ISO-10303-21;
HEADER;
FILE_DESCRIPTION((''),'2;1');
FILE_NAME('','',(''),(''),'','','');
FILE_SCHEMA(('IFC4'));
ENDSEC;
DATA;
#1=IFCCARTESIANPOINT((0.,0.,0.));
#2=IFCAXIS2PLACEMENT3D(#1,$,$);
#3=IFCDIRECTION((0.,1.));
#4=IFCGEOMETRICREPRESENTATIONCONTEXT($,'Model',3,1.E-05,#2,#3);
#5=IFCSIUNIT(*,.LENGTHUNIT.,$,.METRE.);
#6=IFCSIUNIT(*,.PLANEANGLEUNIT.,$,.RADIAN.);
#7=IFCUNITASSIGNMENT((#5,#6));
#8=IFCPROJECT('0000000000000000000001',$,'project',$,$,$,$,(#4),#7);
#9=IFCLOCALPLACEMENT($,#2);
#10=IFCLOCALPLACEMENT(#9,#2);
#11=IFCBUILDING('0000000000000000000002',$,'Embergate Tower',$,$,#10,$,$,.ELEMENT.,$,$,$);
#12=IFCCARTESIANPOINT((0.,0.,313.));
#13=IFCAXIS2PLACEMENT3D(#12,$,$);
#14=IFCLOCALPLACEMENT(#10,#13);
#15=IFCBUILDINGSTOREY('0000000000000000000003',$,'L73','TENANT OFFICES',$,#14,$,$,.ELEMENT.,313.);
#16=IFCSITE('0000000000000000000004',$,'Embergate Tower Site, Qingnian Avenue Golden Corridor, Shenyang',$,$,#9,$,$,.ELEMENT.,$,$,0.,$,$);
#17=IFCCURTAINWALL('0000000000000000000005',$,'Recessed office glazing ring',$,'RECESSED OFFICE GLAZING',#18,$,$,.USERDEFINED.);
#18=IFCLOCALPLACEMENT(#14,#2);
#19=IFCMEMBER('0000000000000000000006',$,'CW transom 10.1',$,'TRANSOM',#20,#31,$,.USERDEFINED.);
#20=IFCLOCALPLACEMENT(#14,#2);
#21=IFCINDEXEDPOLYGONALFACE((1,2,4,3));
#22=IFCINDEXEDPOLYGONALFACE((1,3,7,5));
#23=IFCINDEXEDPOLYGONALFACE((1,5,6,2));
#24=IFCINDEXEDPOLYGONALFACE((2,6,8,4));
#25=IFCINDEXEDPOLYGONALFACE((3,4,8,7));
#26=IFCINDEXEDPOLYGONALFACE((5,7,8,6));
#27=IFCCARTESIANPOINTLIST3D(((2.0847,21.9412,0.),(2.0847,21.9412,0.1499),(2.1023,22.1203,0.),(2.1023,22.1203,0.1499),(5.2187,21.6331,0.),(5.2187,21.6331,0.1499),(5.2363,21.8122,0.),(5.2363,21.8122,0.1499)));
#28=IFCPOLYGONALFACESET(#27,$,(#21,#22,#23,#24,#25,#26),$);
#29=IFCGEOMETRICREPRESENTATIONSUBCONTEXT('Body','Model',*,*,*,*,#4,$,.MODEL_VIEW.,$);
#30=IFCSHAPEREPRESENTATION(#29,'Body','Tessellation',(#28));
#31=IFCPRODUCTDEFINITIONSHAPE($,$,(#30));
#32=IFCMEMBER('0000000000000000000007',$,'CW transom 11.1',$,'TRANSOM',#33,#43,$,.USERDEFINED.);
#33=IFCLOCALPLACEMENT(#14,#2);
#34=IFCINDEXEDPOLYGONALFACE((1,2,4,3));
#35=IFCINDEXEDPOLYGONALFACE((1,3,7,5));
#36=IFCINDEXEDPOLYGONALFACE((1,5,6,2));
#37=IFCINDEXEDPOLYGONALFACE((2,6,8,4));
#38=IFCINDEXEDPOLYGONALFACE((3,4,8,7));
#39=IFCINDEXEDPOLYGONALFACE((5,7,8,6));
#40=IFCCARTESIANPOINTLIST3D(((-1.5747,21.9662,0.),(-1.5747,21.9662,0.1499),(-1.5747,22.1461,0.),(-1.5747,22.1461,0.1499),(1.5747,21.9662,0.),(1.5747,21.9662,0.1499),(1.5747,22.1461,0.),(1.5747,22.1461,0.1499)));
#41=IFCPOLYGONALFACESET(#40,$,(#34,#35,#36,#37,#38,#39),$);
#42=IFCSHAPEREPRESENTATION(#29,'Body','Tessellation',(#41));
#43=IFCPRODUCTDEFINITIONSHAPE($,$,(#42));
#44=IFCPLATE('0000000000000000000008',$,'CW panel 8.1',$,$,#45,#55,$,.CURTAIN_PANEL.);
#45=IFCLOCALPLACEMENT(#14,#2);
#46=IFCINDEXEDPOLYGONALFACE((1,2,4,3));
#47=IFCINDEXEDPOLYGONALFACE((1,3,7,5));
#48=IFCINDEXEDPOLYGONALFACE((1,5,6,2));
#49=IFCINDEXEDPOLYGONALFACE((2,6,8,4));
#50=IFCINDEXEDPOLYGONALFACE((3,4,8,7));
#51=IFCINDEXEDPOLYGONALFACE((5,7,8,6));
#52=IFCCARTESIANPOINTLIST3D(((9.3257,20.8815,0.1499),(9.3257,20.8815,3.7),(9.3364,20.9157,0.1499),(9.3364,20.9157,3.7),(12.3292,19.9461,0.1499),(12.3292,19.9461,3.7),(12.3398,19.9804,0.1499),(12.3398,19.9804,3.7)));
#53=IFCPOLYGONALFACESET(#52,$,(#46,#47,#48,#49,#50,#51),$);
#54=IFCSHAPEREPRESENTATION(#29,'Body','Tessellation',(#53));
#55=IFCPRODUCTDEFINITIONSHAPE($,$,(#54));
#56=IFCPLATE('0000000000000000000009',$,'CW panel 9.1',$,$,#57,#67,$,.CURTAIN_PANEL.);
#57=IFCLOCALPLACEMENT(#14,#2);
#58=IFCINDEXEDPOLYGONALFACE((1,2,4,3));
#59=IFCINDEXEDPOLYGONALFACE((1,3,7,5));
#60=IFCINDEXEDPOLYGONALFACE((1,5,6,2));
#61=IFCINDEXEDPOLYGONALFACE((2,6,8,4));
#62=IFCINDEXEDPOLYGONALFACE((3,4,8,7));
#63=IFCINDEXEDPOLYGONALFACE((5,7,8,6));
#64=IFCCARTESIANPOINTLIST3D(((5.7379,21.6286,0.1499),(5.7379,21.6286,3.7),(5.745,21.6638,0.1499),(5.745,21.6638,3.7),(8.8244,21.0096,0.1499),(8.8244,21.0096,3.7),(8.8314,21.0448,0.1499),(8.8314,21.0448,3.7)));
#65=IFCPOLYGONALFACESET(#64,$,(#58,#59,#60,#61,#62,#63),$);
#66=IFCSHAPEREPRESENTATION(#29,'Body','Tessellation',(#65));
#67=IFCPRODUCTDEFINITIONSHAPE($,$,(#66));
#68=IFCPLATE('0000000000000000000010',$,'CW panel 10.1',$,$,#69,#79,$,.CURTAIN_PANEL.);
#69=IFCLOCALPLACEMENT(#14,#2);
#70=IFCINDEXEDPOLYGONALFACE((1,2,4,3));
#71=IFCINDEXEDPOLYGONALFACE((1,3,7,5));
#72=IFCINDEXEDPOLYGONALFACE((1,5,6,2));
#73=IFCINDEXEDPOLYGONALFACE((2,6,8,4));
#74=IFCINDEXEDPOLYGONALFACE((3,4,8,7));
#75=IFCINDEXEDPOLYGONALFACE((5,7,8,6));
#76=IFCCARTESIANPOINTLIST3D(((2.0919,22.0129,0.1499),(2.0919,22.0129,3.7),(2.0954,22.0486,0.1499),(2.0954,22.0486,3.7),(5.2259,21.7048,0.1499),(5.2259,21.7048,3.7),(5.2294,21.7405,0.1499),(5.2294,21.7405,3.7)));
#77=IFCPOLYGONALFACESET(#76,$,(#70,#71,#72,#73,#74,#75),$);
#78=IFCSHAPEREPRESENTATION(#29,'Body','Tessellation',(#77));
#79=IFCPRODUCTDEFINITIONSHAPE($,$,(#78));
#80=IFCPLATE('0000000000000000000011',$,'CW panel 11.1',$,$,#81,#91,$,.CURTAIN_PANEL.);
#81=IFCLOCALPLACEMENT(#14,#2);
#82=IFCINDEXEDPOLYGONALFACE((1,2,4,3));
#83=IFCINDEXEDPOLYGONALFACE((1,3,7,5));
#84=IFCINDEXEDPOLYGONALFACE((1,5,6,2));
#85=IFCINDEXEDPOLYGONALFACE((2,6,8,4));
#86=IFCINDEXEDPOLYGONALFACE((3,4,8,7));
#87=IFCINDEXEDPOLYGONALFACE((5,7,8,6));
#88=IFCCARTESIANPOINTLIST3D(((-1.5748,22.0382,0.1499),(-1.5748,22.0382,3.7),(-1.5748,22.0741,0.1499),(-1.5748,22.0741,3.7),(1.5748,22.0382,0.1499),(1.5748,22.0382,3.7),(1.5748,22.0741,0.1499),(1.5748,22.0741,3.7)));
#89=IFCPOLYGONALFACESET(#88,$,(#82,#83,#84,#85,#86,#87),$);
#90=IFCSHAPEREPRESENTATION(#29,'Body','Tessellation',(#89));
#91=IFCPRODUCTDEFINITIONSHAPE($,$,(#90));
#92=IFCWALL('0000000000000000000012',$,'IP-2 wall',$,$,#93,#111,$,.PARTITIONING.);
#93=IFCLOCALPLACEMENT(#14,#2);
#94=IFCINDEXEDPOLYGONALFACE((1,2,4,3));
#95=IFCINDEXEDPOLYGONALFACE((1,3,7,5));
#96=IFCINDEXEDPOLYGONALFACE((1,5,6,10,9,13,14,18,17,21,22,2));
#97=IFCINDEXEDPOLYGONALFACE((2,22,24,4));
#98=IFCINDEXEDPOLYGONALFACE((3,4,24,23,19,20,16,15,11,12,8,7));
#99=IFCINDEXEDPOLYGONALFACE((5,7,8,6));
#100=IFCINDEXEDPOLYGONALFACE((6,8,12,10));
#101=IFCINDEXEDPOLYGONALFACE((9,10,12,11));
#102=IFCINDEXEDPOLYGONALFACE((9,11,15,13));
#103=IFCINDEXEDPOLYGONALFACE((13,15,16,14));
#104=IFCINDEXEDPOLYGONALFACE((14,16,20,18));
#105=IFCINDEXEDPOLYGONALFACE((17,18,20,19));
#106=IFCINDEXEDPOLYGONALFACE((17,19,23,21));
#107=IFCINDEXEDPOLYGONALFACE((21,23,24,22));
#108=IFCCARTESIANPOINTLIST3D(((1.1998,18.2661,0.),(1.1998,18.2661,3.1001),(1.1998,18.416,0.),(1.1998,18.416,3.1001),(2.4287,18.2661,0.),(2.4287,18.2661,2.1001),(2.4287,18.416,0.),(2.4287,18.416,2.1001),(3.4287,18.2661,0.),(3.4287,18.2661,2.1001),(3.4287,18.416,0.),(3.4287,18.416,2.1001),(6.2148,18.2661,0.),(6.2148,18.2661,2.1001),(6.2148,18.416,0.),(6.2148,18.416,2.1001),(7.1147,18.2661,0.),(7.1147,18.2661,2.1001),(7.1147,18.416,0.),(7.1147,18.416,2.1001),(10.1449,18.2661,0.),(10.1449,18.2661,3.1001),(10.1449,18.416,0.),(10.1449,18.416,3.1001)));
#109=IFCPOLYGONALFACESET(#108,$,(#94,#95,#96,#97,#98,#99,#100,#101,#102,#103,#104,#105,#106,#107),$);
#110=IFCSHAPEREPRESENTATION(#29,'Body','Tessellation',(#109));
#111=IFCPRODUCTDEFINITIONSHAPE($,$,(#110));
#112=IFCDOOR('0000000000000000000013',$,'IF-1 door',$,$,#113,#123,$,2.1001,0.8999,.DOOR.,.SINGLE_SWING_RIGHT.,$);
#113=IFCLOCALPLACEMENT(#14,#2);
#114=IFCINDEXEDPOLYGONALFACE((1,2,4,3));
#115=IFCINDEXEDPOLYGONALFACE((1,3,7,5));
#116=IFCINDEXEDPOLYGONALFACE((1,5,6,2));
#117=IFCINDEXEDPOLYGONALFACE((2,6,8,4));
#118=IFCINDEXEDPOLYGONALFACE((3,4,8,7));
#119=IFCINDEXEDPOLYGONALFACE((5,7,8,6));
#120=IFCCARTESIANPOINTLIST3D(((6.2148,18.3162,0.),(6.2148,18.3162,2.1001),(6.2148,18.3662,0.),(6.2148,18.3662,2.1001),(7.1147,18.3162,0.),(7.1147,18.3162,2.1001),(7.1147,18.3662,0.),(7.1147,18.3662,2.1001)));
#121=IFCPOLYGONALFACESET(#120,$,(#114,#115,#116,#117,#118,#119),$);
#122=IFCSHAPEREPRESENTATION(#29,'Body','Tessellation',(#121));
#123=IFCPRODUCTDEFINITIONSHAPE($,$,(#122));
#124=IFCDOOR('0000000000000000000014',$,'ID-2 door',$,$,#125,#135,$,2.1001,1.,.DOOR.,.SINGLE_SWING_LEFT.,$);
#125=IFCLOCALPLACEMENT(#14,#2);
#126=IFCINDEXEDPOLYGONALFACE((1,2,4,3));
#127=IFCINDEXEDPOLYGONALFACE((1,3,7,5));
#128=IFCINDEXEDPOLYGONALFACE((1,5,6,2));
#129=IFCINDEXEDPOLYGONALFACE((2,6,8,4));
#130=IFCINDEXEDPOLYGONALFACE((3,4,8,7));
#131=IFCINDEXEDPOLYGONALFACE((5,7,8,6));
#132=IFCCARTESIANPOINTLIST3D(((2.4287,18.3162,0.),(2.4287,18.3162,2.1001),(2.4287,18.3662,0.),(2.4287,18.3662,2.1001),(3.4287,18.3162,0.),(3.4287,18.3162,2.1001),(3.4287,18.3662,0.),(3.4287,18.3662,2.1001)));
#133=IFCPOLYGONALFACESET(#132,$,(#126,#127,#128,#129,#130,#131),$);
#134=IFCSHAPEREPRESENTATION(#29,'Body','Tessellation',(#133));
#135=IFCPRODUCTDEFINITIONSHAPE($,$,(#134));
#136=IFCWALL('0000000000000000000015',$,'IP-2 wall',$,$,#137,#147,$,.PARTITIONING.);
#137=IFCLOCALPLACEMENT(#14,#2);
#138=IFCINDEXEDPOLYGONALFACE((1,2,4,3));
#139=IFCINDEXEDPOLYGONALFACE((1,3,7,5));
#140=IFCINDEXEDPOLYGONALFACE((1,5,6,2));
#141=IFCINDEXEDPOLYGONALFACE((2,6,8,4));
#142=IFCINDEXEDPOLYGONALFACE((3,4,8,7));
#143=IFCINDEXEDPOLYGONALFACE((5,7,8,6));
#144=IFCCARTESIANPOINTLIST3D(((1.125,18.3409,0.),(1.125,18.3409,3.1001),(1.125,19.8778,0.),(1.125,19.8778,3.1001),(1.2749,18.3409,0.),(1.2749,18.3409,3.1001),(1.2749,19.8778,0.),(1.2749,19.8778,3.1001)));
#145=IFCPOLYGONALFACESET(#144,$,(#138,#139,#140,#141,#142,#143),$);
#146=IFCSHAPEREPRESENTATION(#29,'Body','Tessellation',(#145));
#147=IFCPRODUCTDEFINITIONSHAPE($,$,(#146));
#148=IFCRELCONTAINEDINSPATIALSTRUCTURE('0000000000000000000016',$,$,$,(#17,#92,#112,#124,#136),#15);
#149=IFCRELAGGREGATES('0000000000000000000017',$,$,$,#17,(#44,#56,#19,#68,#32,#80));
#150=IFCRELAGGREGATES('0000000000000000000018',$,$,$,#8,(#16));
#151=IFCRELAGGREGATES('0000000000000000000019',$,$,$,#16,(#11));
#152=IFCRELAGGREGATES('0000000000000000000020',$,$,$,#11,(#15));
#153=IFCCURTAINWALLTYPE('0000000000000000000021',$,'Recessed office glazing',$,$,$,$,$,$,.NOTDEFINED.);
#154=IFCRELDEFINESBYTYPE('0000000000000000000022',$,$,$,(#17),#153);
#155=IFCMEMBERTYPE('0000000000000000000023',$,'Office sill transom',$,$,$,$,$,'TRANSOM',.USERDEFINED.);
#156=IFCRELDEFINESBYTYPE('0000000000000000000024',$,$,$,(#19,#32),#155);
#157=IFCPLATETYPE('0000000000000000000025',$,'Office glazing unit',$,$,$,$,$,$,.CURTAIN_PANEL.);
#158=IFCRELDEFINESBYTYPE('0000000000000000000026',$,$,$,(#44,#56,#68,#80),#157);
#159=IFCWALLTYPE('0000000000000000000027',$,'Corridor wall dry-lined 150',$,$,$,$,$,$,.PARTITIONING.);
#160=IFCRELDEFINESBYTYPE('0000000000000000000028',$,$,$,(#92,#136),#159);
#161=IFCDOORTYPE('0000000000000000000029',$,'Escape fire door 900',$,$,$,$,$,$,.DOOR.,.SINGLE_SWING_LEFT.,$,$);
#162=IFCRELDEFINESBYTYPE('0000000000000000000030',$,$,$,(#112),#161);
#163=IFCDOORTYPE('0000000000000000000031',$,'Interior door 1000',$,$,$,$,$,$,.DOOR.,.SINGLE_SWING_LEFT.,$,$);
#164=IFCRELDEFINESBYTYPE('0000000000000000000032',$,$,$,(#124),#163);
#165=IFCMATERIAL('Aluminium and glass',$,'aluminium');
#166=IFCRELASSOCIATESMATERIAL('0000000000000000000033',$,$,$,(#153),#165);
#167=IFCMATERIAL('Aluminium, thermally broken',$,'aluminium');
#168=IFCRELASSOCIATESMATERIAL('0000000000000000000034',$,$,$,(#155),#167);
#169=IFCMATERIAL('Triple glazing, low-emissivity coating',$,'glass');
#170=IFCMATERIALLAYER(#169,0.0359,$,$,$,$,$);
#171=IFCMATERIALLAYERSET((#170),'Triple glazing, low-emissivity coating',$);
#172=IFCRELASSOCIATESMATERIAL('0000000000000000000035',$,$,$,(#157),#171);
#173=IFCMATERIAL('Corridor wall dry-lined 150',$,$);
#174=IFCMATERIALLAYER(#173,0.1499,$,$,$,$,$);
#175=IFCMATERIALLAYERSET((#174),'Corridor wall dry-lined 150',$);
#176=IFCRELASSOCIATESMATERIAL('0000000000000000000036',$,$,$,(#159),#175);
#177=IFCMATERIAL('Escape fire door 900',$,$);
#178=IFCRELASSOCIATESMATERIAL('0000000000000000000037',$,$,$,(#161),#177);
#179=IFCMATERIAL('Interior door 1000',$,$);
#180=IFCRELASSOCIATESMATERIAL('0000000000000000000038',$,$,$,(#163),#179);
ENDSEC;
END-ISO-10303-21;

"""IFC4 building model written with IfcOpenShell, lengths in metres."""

from ifc_helpers import new_model, si_unit, direction, frame, frame_2d, origin, origin_2d, place, context, subcontext, project, spatial, rectangle, extrude, source, transform, mapped, material, layer, layer_set, material_profile, profile_set, type_object, element, fill, aggregate, save


model = new_model("IFC4")

# Units and contexts
model_context = context("Model", 3, precision=1e-05, world=origin(), true_north=direction((0.0, 1.0)))
body_context = subcontext(model_context, "Body", "Model", "MODEL_VIEW")
ifc_project = project(units=[si_unit("LENGTHUNIT", "METRE"), si_unit("PLANEANGLEUNIT", "RADIAN")], contexts=[model_context])

# Site, building, storey
site_placement = place(None, origin())
site = spatial("IfcSite", under=ifc_project, at=site_placement, Name="Embergate Tower Site, Qingnian Avenue Golden Corridor, Shenyang", CompositionType="ELEMENT", RefElevation=0.0)
building_placement = place(site_placement, origin())
building = spatial("IfcBuilding", under=site, at=building_placement, Name="Embergate Tower", CompositionType="ELEMENT")
storey_placement = place(building_placement, frame((0.0, 0.0, 313.0)))
storey = spatial("IfcBuildingStorey", under=building, at=storey_placement, Name="L73", Description="TENANT OFFICES", CompositionType="ELEMENT", Elevation=313.0)

# Curtain wall, members, plates
ifc_material_1 = material(Name="Aluminium and glass", Category="aluminium")
curtain_wall_type = type_object("IfcCurtainWallType", Name="Recessed office glazing", PredefinedType="NOTDEFINED", material=ifc_material_1)
curtain_wall_placement = place(storey_placement, origin())
curtain_wall = element("IfcCurtainWall", 1, at=curtain_wall_placement, inside=storey, type_object=curtain_wall_type, Name="Recessed office glazing ring", ObjectType="RECESSED OFFICE GLAZING", PredefinedType="USERDEFINED")
ifc_material_2 = material(Name="Aluminium, thermally broken", Category="aluminium")
ifc_material_profile_1 = material_profile(ifc_material_2, rectangle(XDim=0.1799, YDim=0.1499, at=origin_2d()), Name="AL 150x180")
ifc_profile_set_1 = profile_set([ifc_material_profile_1], Name="Aluminium, thermally broken")
member_type_1 = type_object("IfcMemberType", Name="Office sill transom", ElementType="TRANSOM", PredefinedType="USERDEFINED", material=ifc_profile_set_1)
shared_shape_1 = source(origin(), body_context, "Body", "SweptSolid", [
    extrude(rectangle(XDim=0.1799, YDim=0.1499, at=origin_2d()), origin(), (0.0, 0.0, 1.0), 3.1492),
])
member_1_placement = place(storey_placement, frame((5.2275, 21.7227, 0.075), z_axis=(-0.995202, 0.097838, 0.0), x_axis=(-0.097838, -0.995202, 0.0)))
member_1 = element("IfcMember", 2, at=member_1_placement, type_object=member_type_1, Name="CW transom 10.1", ObjectType="TRANSOM", PredefinedType="USERDEFINED", context=body_context, shape_type="MappedRepresentation", body=[
    mapped(shared_shape_1, transform((0.0, 0.0, 0.0))),
])
shared_shape_2 = source(origin(), body_context, "Body", "SweptSolid", [
    extrude(rectangle(XDim=0.1799, YDim=0.1499, at=origin_2d()), origin(), (0.0, 0.0, 1.0), 3.1494),
])
member_2_placement = place(storey_placement, frame((1.5747, 22.0562, 0.075), z_axis=(-1.0, 0.0, 0.0), x_axis=(0.0, -1.0, 0.0)))
member_2 = element("IfcMember", 3, at=member_2_placement, type_object=member_type_1, Name="CW transom 11.1", ObjectType="TRANSOM", PredefinedType="USERDEFINED", context=body_context, shape_type="MappedRepresentation", body=[
    mapped(shared_shape_2, transform((0.0, 0.0, 0.0))),
])
ifc_material_3 = material(Name="Triple glazing, low-emissivity coating", Category="glass")
ifc_layer_1 = layer(ifc_material_3, 0.0359)
ifc_layer_set_1 = layer_set([ifc_layer_1], Name="Triple glazing, low-emissivity coating")
plate_type = type_object("IfcPlateType", Name="Office glazing unit", PredefinedType="CURTAIN_PANEL", material=ifc_layer_set_1)
shared_shape_3 = source(origin(), body_context, "Body", "SweptSolid", [
    extrude(rectangle(XDim=3.1458, YDim=0.0359, at=origin_2d()), origin(), (0.0, 0.0, 1.0), 3.55),
])
plate_1_placement = place(storey_placement, frame((10.8328, 20.4309, 0.1499), z_axis=(0.0, 0.0, 1.0), x_axis=(-0.954771, 0.297342, 0.0)))
plate_1 = element("IfcPlate", 4, at=plate_1_placement, type_object=plate_type, Name="CW panel 8.1", PredefinedType="CURTAIN_PANEL", context=body_context, shape_type="MappedRepresentation", body=[
    mapped(shared_shape_3, transform((0.0, 0.0, 0.0))),
])
shared_shape_4 = source(origin(), body_context, "Body", "SweptSolid", [
    extrude(rectangle(XDim=3.1479, YDim=0.0359, at=origin_2d()), origin(), (0.0, 0.0, 1.0), 3.55),
])
plate_2_placement = place(storey_placement, frame((7.2847, 21.3367, 0.1499), z_axis=(0.0, 0.0, 1.0), x_axis=(-0.980476, 0.196641, 0.0)))
plate_2 = element("IfcPlate", 5, at=plate_2_placement, type_object=plate_type, Name="CW panel 9.1", PredefinedType="CURTAIN_PANEL", context=body_context, shape_type="MappedRepresentation", body=[
    mapped(shared_shape_4, transform((0.0, 0.0, 0.0))),
])
shared_shape_5 = source(origin(), body_context, "Body", "SweptSolid", [
    extrude(rectangle(XDim=3.1492, YDim=0.0359, at=origin_2d()), origin(), (0.0, 0.0, 1.0), 3.55),
])
plate_3_placement = place(storey_placement, frame((3.6606, 21.8767, 0.1499), z_axis=(0.0, 0.0, 1.0), x_axis=(-0.995203, 0.09783, 0.0)))
plate_3 = element("IfcPlate", 6, at=plate_3_placement, type_object=plate_type, Name="CW panel 10.1", PredefinedType="CURTAIN_PANEL", context=body_context, shape_type="MappedRepresentation", body=[
    mapped(shared_shape_5, transform((0.0, 0.0, 0.0))),
])
shared_shape_6 = source(origin(), body_context, "Body", "SweptSolid", [
    extrude(rectangle(XDim=3.1497, YDim=0.0359, at=origin_2d()), origin(), (0.0, 0.0, 1.0), 3.55),
])
plate_4_placement = place(storey_placement, frame((0.0, 22.0562, 0.1499), z_axis=(0.0, 0.0, 1.0), x_axis=(-1.0, 0.0, 0.0)))
plate_4 = element("IfcPlate", 7, at=plate_4_placement, type_object=plate_type, Name="CW panel 11.1", PredefinedType="CURTAIN_PANEL", context=body_context, shape_type="MappedRepresentation", body=[
    mapped(shared_shape_6, transform((0.0, 0.0, 0.0))),
])
aggregate(curtain_wall, [plate_1, plate_2, member_1, plate_3, member_2, plate_4])

# Wall, openings, doors
ifc_material_4 = material(Name="Corridor wall dry-lined 150")
ifc_layer_2 = layer(ifc_material_4, 0.1499)
ifc_layer_set_2 = layer_set([ifc_layer_2], Name="Corridor wall dry-lined 150")
wall_type_1 = type_object("IfcWallType", Name="Corridor wall dry-lined 150", PredefinedType="PARTITIONING", material=ifc_layer_set_2)
shared_shape_7 = source(origin(), body_context, "Body", "SweptSolid", [
    extrude(rectangle(XDim=8.9451, YDim=0.1499, at=frame_2d((4.4727, 0.0))), origin(), (0.0, 0.0, 1.0), 3.1001),
])
wall_1_placement = place(storey_placement, frame((10.145, 18.3411, 0.0), z_axis=(0.0, 0.0, 1.0), x_axis=(-1.0, 0.0, 0.0)))
wall_1 = element("IfcWall", 8, at=wall_1_placement, inside=storey, type_object=wall_type_1, Name="IP-2 wall", PredefinedType="PARTITIONING", context=body_context, shape_type="MappedRepresentation", body=[
    mapped(shared_shape_7, transform((0.0, 0.0, 0.0))),
])
shared_shape_8 = source(origin(), body_context, "Body", "SweptSolid", [
    extrude(rectangle(XDim=0.8999, YDim=2.1001, at=frame_2d((0.45, 1.05))), frame((0.0, 0.085, 0.0), z_axis=(0.0, -1.0, 0.0), x_axis=(1.0, 0.0, 0.0)), (0.0, 0.0, 1.0), 0.1699),
])
opening_1_placement = place(wall_1_placement, frame((3.0303, 0.0, 0.0)))
opening_1 = element("IfcOpeningElement", 9, at=opening_1_placement, cuts=wall_1, PredefinedType="OPENING", context=body_context, shape_type="MappedRepresentation", body=[
    mapped(shared_shape_8, transform((0.0, 0.0, 0.0))),
])
shared_shape_9 = source(origin(), body_context, "Body", "SweptSolid", [
    extrude(rectangle(XDim=1.0, YDim=2.1001, at=frame_2d((0.5, 1.05))), frame((0.0, 0.085, 0.0), z_axis=(0.0, -1.0, 0.0), x_axis=(1.0, 0.0, 0.0)), (0.0, 0.0, 1.0), 0.1699),
])
opening_2_placement = place(wall_1_placement, frame((6.7163, 0.0, 0.0)))
opening_2 = element("IfcOpeningElement", 10, at=opening_2_placement, cuts=wall_1, PredefinedType="OPENING", context=body_context, shape_type="MappedRepresentation", body=[
    mapped(shared_shape_9, transform((0.0, 0.0, 0.0))),
])
ifc_material_5 = material(Name="Escape fire door 900")
door_type_1 = type_object("IfcDoorType", Name="Escape fire door 900", OperationType="SINGLE_SWING_LEFT", PredefinedType="DOOR", material=ifc_material_5)
shared_shape_10 = source(origin(), body_context, "Body", "SweptSolid", [
    extrude(rectangle(XDim=0.8999, YDim=2.1001, at=frame_2d((0.45, 1.05))), frame((0.0, 0.0249, 0.0), z_axis=(0.0, -1.0, 0.0), x_axis=(1.0, 0.0, 0.0)), (0.0, 0.0, 1.0), 0.05),
])
door_1_placement = place(opening_1_placement, origin())
door_1 = element("IfcDoor", 11, at=door_1_placement, inside=storey, type_object=door_type_1, Name="IF-1 door", OperationType="SINGLE_SWING_RIGHT", OverallHeight=2.1001, OverallWidth=0.8999, PredefinedType="DOOR", context=body_context, shape_type="MappedRepresentation", body=[
    mapped(shared_shape_10, transform((0.0, 0.0, 0.0))),
])
fill(opening_1, door_1)
ifc_material_6 = material(Name="Interior door 1000")
door_type_2 = type_object("IfcDoorType", Name="Interior door 1000", OperationType="SINGLE_SWING_LEFT", PredefinedType="DOOR", material=ifc_material_6)
shared_shape_11 = source(origin(), body_context, "Body", "SweptSolid", [
    extrude(rectangle(XDim=1.0, YDim=2.1001, at=frame_2d((0.5, 1.05))), frame((0.0, 0.0249, 0.0), z_axis=(0.0, -1.0, 0.0), x_axis=(1.0, 0.0, 0.0)), (0.0, 0.0, 1.0), 0.05),
])
door_2_placement = place(opening_2_placement, origin())
door_2 = element("IfcDoor", 12, at=door_2_placement, inside=storey, type_object=door_type_2, Name="ID-2 door", OperationType="SINGLE_SWING_LEFT", OverallHeight=2.1001, OverallWidth=1.0, PredefinedType="DOOR", context=body_context, shape_type="MappedRepresentation", body=[
    mapped(shared_shape_11, transform((0.0, 0.0, 0.0))),
])
fill(opening_2, door_2)

# Wall
shared_shape_12 = source(origin(), body_context, "Body", "SweptSolid", [
    extrude(rectangle(XDim=1.5369, YDim=0.1499, at=frame_2d((0.7686, 0.0))), origin(), (0.0, 0.0, 1.0), 3.1001),
])
wall_2_placement = place(storey_placement, frame((1.2, 19.8779, 0.0), z_axis=(0.0, 0.0, 1.0), x_axis=(0.0, -1.0, 0.0)))
element("IfcWall", 13, at=wall_2_placement, inside=storey, type_object=wall_type_1, Name="IP-2 wall", PredefinedType="PARTITIONING", context=body_context, shape_type="MappedRepresentation", body=[
    mapped(shared_shape_12, transform((0.0, 0.0, 0.0))),
])

save(model, "model.ifc")
